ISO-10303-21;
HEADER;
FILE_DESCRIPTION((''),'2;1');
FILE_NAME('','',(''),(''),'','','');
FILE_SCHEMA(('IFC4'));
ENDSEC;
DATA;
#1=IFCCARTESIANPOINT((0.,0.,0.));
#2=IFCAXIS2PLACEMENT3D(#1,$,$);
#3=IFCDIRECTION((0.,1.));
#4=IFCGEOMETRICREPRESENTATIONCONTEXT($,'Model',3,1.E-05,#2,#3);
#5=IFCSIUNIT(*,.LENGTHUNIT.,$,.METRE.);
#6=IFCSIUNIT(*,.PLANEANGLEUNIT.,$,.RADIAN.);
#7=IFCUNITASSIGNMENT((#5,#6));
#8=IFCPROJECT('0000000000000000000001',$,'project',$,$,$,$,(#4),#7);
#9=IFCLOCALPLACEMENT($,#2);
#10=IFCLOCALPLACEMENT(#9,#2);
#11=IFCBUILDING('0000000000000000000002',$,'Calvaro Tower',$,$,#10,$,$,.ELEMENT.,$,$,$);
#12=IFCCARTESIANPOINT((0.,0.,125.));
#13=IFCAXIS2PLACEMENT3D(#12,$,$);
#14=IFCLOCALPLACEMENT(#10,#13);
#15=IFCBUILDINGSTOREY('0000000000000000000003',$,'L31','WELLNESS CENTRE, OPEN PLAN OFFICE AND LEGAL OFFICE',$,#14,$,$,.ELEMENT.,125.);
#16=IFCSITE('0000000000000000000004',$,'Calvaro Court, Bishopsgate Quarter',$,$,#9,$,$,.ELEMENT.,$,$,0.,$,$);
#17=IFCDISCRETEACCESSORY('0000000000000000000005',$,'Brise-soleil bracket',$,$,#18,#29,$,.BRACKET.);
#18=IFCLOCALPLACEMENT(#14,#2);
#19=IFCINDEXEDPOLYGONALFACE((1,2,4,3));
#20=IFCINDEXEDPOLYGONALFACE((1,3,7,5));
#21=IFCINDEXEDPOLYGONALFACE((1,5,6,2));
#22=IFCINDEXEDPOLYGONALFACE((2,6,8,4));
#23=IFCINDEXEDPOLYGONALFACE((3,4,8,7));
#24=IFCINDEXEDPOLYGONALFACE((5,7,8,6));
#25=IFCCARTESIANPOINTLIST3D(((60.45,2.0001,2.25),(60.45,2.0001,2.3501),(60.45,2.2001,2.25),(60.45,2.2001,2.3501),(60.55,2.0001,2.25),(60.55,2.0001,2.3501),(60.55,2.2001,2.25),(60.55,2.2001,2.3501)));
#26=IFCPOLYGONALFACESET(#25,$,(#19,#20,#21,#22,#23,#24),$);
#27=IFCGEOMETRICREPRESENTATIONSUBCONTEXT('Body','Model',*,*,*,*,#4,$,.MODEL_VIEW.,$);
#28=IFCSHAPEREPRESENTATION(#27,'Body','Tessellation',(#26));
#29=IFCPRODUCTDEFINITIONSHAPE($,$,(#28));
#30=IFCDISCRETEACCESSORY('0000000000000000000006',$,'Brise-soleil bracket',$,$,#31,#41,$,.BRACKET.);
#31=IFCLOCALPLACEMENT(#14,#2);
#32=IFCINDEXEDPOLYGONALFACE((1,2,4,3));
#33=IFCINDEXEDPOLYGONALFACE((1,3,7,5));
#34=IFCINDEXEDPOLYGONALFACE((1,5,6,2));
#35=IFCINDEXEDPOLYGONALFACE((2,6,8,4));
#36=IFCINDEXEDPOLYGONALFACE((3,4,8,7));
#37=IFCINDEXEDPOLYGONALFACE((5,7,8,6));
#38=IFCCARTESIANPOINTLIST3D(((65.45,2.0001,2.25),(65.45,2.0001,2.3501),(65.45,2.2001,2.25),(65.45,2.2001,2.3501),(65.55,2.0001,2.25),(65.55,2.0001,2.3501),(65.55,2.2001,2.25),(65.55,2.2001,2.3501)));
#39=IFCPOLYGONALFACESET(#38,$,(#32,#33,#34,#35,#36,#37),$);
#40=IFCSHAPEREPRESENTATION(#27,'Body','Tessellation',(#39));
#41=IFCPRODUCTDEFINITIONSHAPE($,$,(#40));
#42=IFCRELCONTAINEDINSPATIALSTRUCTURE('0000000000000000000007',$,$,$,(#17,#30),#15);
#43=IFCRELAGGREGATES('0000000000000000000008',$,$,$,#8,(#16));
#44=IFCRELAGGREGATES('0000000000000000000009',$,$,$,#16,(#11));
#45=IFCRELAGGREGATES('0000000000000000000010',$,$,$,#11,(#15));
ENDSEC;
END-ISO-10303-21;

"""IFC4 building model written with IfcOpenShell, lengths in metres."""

from ifc_helpers import new_model, si_unit, direction, frame, origin, origin_2d, place, context, subcontext, project, spatial, rectangle, extrude, element, save


model = new_model("IFC4")

# Units and contexts
model_context = context("Model", 3, precision=1e-05, world=origin(), true_north=direction((0.0, 1.0)))
body_context = subcontext(model_context, "Body", "Model", "MODEL_VIEW")
ifc_project = project(units=[si_unit("LENGTHUNIT", "METRE"), si_unit("PLANEANGLEUNIT", "RADIAN")], contexts=[model_context])

# Site, building, storey
site_placement = place(None, origin())
site = spatial("IfcSite", under=ifc_project, at=site_placement, Name="Calvaro Court, Bishopsgate Quarter", CompositionType="ELEMENT", RefElevation=0.0)
building_placement = place(site_placement, origin())
building = spatial("IfcBuilding", under=site, at=building_placement, Name="Calvaro Tower", CompositionType="ELEMENT")
storey_placement = place(building_placement, frame((0.0, 0.0, 125.0)))
storey = spatial("IfcBuildingStorey", under=building, at=storey_placement, Name="L31", Description="WELLNESS CENTRE, OPEN PLAN OFFICE AND LEGAL OFFICE", CompositionType="ELEMENT", Elevation=125.0)

# Discrete accessories
for number, where, z_axis, x_axis, name in (
    (1, (60.5, 2.1001, 2.25), (0.0, 0.0, 1.0), (1.0, 0.0, 0.0), "Brise-soleil bracket"),
    (2, (65.5, 2.1001, 2.25), (0.0, 0.0, 1.0), (1.0, 0.0, 0.0), "Brise-soleil bracket"),
):
    element("IfcDiscreteAccessory", number, at=place(storey_placement, frame(where, z_axis=z_axis, x_axis=x_axis)), inside=storey, Name=name, PredefinedType="BRACKET", context=body_context, shape_type="SweptSolid", body=[
        extrude(rectangle(XDim=0.1001, YDim=0.2, at=origin_2d()), origin(), (0.0, 0.0, 1.0), 0.1001),
    ])

save(model, "model.ifc")
